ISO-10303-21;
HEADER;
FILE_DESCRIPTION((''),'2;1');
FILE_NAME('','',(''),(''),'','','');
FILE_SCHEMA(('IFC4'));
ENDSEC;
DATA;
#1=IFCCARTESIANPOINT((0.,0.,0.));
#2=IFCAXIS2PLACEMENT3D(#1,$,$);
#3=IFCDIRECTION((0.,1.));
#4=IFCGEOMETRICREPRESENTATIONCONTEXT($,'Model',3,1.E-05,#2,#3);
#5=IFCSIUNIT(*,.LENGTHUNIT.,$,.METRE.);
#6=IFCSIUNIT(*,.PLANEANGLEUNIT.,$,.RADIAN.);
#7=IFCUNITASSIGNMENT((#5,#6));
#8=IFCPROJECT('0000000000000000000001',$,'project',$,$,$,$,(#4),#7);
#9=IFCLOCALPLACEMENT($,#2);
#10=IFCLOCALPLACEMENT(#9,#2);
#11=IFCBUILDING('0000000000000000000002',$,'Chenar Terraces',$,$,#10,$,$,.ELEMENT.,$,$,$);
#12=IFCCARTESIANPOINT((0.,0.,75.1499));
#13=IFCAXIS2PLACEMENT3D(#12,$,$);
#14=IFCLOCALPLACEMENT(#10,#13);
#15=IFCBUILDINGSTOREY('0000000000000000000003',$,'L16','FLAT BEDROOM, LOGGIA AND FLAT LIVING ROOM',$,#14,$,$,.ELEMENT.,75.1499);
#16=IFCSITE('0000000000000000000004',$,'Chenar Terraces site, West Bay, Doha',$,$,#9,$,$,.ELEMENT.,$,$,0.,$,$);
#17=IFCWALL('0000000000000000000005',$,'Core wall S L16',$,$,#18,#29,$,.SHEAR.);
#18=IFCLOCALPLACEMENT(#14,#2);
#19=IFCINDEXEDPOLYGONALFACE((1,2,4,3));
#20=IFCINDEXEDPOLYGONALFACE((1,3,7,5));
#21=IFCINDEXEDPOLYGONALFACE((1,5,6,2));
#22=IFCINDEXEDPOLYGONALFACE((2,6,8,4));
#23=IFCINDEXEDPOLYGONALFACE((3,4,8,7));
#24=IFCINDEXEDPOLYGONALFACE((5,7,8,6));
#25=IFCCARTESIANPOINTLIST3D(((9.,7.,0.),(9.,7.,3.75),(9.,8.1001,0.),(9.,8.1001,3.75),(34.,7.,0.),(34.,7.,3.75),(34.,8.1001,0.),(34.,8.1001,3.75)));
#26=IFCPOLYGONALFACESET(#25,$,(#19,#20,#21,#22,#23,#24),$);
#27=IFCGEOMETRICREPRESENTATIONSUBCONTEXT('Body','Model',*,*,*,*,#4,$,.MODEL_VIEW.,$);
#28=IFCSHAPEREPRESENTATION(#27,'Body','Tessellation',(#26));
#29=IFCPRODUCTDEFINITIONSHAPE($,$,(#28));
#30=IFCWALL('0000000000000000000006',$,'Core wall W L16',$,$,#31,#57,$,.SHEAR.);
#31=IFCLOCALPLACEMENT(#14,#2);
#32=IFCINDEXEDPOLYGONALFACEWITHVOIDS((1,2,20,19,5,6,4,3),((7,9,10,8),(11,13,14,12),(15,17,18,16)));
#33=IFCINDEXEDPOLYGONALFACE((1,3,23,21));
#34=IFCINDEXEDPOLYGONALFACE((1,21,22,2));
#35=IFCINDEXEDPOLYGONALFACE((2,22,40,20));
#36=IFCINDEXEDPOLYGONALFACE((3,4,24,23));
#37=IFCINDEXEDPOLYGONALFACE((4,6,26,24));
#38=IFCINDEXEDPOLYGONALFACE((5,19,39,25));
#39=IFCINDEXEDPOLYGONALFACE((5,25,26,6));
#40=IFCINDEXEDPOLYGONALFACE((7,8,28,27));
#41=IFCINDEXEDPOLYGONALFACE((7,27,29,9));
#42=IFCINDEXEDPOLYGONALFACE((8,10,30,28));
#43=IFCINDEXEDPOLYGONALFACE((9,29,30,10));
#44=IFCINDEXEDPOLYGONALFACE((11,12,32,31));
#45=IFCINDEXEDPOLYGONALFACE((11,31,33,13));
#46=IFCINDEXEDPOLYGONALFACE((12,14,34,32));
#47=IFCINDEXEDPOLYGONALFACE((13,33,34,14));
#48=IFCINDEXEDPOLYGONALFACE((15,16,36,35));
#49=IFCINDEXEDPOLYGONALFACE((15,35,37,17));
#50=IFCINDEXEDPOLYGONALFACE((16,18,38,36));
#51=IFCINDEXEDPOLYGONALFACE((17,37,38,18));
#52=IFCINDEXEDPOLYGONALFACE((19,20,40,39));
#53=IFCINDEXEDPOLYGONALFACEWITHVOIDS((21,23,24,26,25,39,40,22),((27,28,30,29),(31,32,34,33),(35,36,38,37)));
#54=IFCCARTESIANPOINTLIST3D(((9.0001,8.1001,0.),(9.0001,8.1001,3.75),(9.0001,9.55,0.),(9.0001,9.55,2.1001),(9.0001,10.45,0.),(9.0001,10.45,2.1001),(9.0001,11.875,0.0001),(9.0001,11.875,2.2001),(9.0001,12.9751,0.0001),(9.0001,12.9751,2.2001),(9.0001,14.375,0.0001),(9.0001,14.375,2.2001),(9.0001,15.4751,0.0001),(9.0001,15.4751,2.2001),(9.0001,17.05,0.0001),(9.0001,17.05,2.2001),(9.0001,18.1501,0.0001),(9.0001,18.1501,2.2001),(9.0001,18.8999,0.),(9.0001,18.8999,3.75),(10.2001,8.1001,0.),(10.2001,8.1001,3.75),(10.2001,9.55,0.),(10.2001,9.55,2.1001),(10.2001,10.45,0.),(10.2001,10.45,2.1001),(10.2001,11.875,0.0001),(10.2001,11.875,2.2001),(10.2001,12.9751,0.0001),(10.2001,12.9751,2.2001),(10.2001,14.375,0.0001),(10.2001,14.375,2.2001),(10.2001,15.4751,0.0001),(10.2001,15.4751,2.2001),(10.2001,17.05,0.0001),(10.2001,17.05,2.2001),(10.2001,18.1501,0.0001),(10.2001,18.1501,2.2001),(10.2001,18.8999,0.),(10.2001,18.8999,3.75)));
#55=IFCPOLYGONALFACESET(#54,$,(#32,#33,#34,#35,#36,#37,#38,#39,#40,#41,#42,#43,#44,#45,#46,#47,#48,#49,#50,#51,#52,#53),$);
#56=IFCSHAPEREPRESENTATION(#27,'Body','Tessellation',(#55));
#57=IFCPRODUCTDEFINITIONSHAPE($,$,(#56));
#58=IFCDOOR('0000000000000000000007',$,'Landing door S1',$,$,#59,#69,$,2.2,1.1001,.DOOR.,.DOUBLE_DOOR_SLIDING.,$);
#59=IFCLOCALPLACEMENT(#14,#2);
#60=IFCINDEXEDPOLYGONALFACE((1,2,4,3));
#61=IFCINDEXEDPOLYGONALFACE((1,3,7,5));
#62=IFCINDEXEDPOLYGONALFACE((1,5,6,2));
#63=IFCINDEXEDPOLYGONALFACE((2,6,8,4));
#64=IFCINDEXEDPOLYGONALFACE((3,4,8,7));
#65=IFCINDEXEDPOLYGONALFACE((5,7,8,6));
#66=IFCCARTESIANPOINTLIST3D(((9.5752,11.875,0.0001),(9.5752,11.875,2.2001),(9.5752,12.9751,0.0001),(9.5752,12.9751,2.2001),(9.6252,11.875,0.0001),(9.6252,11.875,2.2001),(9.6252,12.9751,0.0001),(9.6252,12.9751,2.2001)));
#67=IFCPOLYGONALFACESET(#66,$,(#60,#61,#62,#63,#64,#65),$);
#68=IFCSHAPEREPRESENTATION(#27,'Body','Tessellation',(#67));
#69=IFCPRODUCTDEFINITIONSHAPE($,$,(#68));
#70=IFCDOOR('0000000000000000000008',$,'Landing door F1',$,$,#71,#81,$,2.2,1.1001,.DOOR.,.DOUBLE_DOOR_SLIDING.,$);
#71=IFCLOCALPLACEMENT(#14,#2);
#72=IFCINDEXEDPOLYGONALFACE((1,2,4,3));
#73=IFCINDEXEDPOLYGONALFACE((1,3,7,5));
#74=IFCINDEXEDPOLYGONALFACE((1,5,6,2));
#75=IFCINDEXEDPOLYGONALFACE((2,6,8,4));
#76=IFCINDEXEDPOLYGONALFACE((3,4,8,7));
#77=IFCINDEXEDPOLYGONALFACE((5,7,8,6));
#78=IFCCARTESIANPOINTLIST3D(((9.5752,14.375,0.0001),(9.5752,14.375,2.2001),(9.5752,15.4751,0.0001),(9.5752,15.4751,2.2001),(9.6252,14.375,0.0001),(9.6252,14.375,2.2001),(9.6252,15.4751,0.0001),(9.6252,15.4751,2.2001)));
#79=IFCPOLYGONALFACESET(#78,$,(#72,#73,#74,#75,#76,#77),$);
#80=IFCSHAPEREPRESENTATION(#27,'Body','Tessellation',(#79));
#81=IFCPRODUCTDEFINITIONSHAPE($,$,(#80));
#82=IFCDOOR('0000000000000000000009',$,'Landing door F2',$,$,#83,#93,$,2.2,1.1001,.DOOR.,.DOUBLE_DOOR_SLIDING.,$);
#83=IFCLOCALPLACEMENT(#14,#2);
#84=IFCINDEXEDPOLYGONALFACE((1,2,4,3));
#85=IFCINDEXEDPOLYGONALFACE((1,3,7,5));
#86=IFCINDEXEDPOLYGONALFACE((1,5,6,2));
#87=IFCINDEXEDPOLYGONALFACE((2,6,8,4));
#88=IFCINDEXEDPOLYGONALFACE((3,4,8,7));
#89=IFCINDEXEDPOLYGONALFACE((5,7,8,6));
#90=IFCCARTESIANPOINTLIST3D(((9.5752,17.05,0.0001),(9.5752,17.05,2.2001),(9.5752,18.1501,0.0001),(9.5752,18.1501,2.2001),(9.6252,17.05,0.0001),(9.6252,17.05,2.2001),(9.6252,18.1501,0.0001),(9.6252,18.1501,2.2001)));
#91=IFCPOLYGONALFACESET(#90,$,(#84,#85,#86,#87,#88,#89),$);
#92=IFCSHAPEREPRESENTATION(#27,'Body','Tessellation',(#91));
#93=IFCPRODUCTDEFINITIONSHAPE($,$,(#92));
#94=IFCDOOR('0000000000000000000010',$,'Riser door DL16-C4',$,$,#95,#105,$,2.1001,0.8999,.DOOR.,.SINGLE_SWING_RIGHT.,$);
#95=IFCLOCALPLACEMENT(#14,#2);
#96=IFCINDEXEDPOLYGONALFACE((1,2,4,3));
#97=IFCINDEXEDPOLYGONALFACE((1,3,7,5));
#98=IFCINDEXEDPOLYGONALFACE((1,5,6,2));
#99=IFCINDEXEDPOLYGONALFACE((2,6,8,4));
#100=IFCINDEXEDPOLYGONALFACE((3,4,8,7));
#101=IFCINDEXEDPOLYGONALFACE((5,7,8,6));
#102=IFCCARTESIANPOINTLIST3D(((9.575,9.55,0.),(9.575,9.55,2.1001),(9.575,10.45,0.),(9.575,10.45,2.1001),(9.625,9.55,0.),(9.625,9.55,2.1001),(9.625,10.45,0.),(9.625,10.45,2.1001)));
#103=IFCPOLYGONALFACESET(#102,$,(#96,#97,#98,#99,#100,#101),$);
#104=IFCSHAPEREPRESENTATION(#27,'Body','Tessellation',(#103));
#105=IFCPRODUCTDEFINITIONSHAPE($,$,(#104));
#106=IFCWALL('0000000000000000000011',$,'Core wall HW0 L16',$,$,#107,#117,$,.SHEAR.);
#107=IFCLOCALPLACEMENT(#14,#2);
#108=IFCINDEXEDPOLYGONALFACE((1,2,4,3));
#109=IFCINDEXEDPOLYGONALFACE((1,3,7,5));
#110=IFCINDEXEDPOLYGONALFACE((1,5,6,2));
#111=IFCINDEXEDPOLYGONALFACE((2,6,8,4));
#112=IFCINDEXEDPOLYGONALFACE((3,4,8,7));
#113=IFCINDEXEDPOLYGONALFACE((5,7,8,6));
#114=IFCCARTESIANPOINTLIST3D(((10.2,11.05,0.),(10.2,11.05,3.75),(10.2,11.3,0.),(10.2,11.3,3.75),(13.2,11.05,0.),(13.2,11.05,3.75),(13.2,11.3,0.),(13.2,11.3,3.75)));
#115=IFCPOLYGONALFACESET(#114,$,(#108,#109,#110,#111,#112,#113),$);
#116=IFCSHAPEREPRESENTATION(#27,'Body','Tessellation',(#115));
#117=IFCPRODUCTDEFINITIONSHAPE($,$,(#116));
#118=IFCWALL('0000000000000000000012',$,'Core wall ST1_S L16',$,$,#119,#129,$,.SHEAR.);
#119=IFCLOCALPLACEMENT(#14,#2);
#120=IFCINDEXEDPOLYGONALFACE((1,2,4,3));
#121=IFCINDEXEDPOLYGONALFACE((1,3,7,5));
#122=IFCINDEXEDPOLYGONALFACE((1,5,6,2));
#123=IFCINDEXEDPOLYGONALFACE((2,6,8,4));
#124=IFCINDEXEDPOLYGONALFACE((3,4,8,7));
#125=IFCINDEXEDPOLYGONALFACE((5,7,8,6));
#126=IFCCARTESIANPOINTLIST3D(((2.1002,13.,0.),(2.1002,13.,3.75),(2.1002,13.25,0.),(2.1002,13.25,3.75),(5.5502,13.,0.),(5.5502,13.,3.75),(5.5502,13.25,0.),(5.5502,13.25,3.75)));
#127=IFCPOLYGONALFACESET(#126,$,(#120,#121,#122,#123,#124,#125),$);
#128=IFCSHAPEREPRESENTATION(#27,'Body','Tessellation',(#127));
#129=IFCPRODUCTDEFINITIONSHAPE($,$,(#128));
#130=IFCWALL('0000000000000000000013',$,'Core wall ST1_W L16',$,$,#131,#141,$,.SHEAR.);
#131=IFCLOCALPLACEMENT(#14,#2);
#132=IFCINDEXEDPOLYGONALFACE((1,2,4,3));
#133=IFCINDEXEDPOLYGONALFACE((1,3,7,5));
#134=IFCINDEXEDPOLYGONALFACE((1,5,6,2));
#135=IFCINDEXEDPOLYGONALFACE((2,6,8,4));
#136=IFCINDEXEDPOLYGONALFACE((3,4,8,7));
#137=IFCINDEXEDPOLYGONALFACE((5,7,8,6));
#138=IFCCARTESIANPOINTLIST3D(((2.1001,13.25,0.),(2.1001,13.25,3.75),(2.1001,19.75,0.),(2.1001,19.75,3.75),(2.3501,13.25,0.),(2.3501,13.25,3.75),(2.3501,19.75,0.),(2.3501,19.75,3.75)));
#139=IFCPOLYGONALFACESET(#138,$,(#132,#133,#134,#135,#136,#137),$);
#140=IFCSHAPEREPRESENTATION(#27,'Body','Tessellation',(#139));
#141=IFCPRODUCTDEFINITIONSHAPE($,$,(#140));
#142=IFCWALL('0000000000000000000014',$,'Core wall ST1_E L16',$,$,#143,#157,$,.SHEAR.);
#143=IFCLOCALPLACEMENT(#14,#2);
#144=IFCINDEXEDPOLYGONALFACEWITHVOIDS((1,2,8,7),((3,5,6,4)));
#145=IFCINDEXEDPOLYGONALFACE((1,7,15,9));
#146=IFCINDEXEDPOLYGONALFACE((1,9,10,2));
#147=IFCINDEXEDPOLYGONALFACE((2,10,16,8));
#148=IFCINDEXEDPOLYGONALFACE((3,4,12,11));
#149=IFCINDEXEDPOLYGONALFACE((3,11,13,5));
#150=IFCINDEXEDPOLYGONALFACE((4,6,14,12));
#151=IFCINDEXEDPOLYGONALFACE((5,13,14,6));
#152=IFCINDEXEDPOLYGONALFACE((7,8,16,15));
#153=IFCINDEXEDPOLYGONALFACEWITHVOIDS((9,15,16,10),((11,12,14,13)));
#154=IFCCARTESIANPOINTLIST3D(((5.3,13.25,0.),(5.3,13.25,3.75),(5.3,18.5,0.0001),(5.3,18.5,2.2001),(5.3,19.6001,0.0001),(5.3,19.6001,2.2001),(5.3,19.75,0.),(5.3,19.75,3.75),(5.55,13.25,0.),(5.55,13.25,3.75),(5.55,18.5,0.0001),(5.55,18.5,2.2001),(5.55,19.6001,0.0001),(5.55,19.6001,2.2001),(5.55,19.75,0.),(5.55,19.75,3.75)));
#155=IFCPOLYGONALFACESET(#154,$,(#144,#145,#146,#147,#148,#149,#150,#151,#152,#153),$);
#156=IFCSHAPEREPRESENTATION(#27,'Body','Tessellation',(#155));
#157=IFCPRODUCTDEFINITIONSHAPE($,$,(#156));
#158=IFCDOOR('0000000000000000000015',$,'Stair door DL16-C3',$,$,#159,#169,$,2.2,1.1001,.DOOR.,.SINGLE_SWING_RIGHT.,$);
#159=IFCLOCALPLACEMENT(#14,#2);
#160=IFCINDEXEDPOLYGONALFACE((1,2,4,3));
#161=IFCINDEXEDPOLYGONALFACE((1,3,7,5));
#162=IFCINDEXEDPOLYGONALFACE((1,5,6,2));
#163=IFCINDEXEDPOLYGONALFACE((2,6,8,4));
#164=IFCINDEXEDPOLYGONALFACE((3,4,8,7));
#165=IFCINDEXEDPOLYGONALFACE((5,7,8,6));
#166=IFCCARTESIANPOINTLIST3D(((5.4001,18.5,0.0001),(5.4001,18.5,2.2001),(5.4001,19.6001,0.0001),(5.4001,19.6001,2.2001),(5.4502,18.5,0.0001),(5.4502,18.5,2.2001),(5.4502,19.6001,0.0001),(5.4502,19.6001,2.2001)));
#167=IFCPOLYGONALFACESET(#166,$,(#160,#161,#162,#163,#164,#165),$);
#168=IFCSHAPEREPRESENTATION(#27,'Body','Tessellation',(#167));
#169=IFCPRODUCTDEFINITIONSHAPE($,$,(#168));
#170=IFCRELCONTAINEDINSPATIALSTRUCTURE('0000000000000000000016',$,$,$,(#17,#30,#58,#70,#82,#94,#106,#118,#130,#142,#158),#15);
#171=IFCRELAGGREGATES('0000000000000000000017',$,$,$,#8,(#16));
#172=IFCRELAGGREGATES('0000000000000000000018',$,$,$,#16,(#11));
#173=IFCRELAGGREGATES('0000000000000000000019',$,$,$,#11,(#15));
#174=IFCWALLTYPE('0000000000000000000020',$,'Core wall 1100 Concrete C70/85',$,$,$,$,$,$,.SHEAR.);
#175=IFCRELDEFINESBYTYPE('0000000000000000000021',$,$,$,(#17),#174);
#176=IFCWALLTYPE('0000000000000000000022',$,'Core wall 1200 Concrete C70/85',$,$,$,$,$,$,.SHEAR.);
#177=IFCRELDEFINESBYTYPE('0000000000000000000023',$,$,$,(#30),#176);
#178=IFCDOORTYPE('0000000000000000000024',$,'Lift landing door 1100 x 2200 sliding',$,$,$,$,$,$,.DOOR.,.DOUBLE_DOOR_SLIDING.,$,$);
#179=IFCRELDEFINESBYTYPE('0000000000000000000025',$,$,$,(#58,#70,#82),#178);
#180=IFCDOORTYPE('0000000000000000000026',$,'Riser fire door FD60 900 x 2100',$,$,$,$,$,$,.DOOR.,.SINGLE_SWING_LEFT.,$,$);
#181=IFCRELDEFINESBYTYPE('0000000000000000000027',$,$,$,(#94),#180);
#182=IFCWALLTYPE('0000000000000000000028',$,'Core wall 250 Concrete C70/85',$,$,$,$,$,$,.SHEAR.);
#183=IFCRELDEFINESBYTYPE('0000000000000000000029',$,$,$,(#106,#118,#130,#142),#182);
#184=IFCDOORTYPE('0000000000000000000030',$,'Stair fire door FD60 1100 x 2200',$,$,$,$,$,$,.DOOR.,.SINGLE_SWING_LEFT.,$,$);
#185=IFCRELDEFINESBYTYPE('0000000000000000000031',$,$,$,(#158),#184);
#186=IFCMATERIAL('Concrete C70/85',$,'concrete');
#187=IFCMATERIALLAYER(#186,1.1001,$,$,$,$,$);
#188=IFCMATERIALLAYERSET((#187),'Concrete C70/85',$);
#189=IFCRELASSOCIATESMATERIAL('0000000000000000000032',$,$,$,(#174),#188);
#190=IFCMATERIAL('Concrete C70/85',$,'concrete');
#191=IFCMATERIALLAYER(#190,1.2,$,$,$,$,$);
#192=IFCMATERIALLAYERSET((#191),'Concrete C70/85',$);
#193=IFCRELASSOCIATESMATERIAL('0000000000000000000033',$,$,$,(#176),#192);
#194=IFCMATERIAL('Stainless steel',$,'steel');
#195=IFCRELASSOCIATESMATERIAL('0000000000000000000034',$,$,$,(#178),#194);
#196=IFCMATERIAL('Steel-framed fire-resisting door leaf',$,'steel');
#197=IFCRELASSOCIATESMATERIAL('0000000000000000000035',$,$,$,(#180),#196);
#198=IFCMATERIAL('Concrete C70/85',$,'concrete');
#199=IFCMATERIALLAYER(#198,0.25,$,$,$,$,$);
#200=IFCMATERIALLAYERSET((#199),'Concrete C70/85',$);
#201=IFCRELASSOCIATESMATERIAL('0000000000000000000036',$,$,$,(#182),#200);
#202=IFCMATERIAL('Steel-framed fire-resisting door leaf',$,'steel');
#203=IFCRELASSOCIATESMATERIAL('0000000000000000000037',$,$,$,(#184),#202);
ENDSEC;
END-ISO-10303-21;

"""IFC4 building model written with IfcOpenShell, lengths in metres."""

from ifc_helpers import new_model, si_unit, direction, frame, frame_2d, origin, place, context, subcontext, project, spatial, rectangle, extrude, material, layer, layer_set, type_object, element, fill, save


model = new_model("IFC4")

# Units and contexts
model_context = context("Model", 3, precision=1e-05, world=origin(), true_north=direction((0.0, 1.0)))
body_context = subcontext(model_context, "Body", "Model", "MODEL_VIEW")
ifc_project = project(units=[si_unit("LENGTHUNIT", "METRE"), si_unit("PLANEANGLEUNIT", "RADIAN")], contexts=[model_context])

# Site, building, storey
site_placement = place(None, origin())
site = spatial("IfcSite", under=ifc_project, at=site_placement, Name="Chenar Terraces site, West Bay, Doha", CompositionType="ELEMENT", RefElevation=0.0)
building_placement = place(site_placement, origin())
building = spatial("IfcBuilding", under=site, at=building_placement, Name="Chenar Terraces", CompositionType="ELEMENT")
storey_placement = place(building_placement, frame((0.0, 0.0, 75.1499)))
storey = spatial("IfcBuildingStorey", under=building, at=storey_placement, Name="L16", Description="FLAT BEDROOM, LOGGIA AND FLAT LIVING ROOM", CompositionType="ELEMENT", Elevation=75.1499)

# Wall
ifc_material_1 = material(Name="Concrete C70/85", Category="concrete")
ifc_layer_1 = layer(ifc_material_1, 1.1001)
ifc_layer_set_1 = layer_set([ifc_layer_1], Name="Concrete C70/85")
wall_type_1 = type_object("IfcWallType", Name="Core wall 1100 Concrete C70/85", PredefinedType="SHEAR", material=ifc_layer_set_1)
wall_1_placement = place(storey_placement, frame((9.0, 7.55, 0.0), z_axis=(0.0, 0.0, 1.0), x_axis=(1.0, 0.0, 0.0)))
element("IfcWall", 1, at=wall_1_placement, inside=storey, type_object=wall_type_1, Name="Core wall S L16", PredefinedType="SHEAR", context=body_context, shape_type="SweptSolid", body=[
    extrude(rectangle(XDim=25.0, YDim=1.1001, at=frame_2d((12.5, 0.0))), origin(), (0.0, 0.0, 1.0), 3.75),
])

# Wall, openings, doors
ifc_material_2 = material(Name="Concrete C70/85", Category="concrete")
ifc_layer_2 = layer(ifc_material_2, 1.2)
ifc_layer_set_2 = layer_set([ifc_layer_2], Name="Concrete C70/85")
wall_type_2 = type_object("IfcWallType", Name="Core wall 1200 Concrete C70/85", PredefinedType="SHEAR", material=ifc_layer_set_2)
wall_2_placement = place(storey_placement, frame((9.6001, 8.1001, 0.0), z_axis=(0.0, 0.0, 1.0), x_axis=(0.0, 1.0, 0.0)))
wall_2 = element("IfcWall", 2, at=wall_2_placement, inside=storey, type_object=wall_type_2, Name="Core wall W L16", PredefinedType="SHEAR", context=body_context, shape_type="SweptSolid", body=[
    extrude(rectangle(XDim=10.7998, YDim=1.2, at=frame_2d((5.3999, 0.0))), origin(), (0.0, 0.0, 1.0), 3.75),
])
opening_1_placement = place(wall_2_placement, frame((3.7749, 0.0, 0.0)))
opening_1 = element("IfcOpeningElement", 3, at=opening_1_placement, cuts=wall_2, PredefinedType="OPENING", context=body_context, shape_type="SweptSolid", body=[
    extrude(rectangle(XDim=1.1001, YDim=2.2, at=frame_2d((0.55, 1.1001))), frame((0.0, 0.6099, 0.0), z_axis=(0.0, -1.0, 0.0), x_axis=(1.0, 0.0, 0.0)), (0.0, 0.0, 1.0), 1.22),
])
opening_2_placement = place(wall_2_placement, frame((6.2749, 0.0, 0.0)))
opening_2 = element("IfcOpeningElement", 4, at=opening_2_placement, cuts=wall_2, PredefinedType="OPENING", context=body_context, shape_type="SweptSolid", body=[
    extrude(rectangle(XDim=1.1001, YDim=2.2, at=frame_2d((0.55, 1.1001))), frame((0.0, 0.6099, 0.0), z_axis=(0.0, -1.0, 0.0), x_axis=(1.0, 0.0, 0.0)), (0.0, 0.0, 1.0), 1.22),
])
opening_3_placement = place(wall_2_placement, frame((8.95, 0.0, 0.0)))
opening_3 = element("IfcOpeningElement", 5, at=opening_3_placement, cuts=wall_2, PredefinedType="OPENING", context=body_context, shape_type="SweptSolid", body=[
    extrude(rectangle(XDim=1.1001, YDim=2.2, at=frame_2d((0.55, 1.1001))), frame((0.0, 0.6099, 0.0), z_axis=(0.0, -1.0, 0.0), x_axis=(1.0, 0.0, 0.0)), (0.0, 0.0, 1.0), 1.22),
])
opening_4_placement = place(wall_2_placement, frame((1.45, 0.0, 0.0)))
opening_4 = element("IfcOpeningElement", 6, at=opening_4_placement, cuts=wall_2, PredefinedType="OPENING", context=body_context, shape_type="SweptSolid", body=[
    extrude(rectangle(XDim=0.8999, YDim=2.1001, at=frame_2d((0.45, 1.05))), frame((0.0, 0.6099, 0.0), z_axis=(0.0, -1.0, 0.0), x_axis=(1.0, 0.0, 0.0)), (0.0, 0.0, 1.0), 1.22),
])
ifc_material_3 = material(Name="Stainless steel", Category="steel")
door_type_1 = type_object("IfcDoorType", Name="Lift landing door 1100 x 2200 sliding", OperationType="DOUBLE_DOOR_SLIDING", PredefinedType="DOOR", material=ifc_material_3)
door_1_placement = place(opening_1_placement, origin())
door_1 = element("IfcDoor", 7, at=door_1_placement, inside=storey, type_object=door_type_1, Name="Landing door S1", OperationType="DOUBLE_DOOR_SLIDING", OverallHeight=2.2, OverallWidth=1.1001, PredefinedType="DOOR", context=body_context, shape_type="SweptSolid", body=[
    extrude(rectangle(XDim=1.1001, YDim=2.2, at=frame_2d((0.55, 1.1001))), frame((0.0, 0.0249, 0.0), z_axis=(0.0, -1.0, 0.0), x_axis=(1.0, 0.0, 0.0)), (0.0, 0.0, 1.0), 0.05),
])
fill(opening_1, door_1)
door_2_placement = place(opening_2_placement, origin())
door_2 = element("IfcDoor", 8, at=door_2_placement, inside=storey, type_object=door_type_1, Name="Landing door F1", OperationType="DOUBLE_DOOR_SLIDING", OverallHeight=2.2, OverallWidth=1.1001, PredefinedType="DOOR", context=body_context, shape_type="SweptSolid", body=[
    extrude(rectangle(XDim=1.1001, YDim=2.2, at=frame_2d((0.55, 1.1001))), frame((0.0, 0.0249, 0.0), z_axis=(0.0, -1.0, 0.0), x_axis=(1.0, 0.0, 0.0)), (0.0, 0.0, 1.0), 0.05),
])
fill(opening_2, door_2)
door_3_placement = place(opening_3_placement, origin())
door_3 = element("IfcDoor", 9, at=door_3_placement, inside=storey, type_object=door_type_1, Name="Landing door F2", OperationType="DOUBLE_DOOR_SLIDING", OverallHeight=2.2, OverallWidth=1.1001, PredefinedType="DOOR", context=body_context, shape_type="SweptSolid", body=[
    extrude(rectangle(XDim=1.1001, YDim=2.2, at=frame_2d((0.55, 1.1001))), frame((0.0, 0.0249, 0.0), z_axis=(0.0, -1.0, 0.0), x_axis=(1.0, 0.0, 0.0)), (0.0, 0.0, 1.0), 0.05),
])
fill(opening_3, door_3)
ifc_material_4 = material(Name="Steel-framed fire-resisting door leaf", Category="steel")
door_type_2 = type_object("IfcDoorType", Name="Riser fire door FD60 900 x 2100", OperationType="SINGLE_SWING_LEFT", PredefinedType="DOOR", material=ifc_material_4)
door_4_placement = place(opening_4_placement, frame((0.8999, 0.0, 0.0), z_axis=(0.0, 0.0, 1.0), x_axis=(-1.0, 0.0, 0.0)))
door_4 = element("IfcDoor", 10, at=door_4_placement, inside=storey, type_object=door_type_2, Name="Riser door DL16-C4", OperationType="SINGLE_SWING_RIGHT", OverallHeight=2.1001, OverallWidth=0.8999, PredefinedType="DOOR", context=body_context, shape_type="SweptSolid", body=[
    extrude(rectangle(XDim=0.8999, YDim=2.1001, at=frame_2d((0.45, 1.05))), frame((0.0, 0.0249, 0.0), z_axis=(0.0, -1.0, 0.0), x_axis=(1.0, 0.0, 0.0)), (0.0, 0.0, 1.0), 0.05),
])
fill(opening_4, door_4)

# Walls
ifc_material_5 = material(Name="Concrete C70/85", Category="concrete")
ifc_layer_3 = layer(ifc_material_5, 0.25)
ifc_layer_set_3 = layer_set([ifc_layer_3], Name="Concrete C70/85")
wall_type_3 = type_object("IfcWallType", Name="Core wall 250 Concrete C70/85", PredefinedType="SHEAR", material=ifc_layer_set_3)
wall_3_placement = place(storey_placement, frame((10.2, 11.175, 0.0), z_axis=(0.0, 0.0, 1.0), x_axis=(1.0, 0.0, 0.0)))
element("IfcWall", 11, at=wall_3_placement, inside=storey, type_object=wall_type_3, Name="Core wall HW0 L16", PredefinedType="SHEAR", context=body_context, shape_type="SweptSolid", body=[
    extrude(rectangle(XDim=3.0, YDim=0.25, at=frame_2d((1.5, 0.0))), origin(), (0.0, 0.0, 1.0), 3.75),
])
wall_4_placement = place(storey_placement, frame((2.1001, 13.125, 0.0), z_axis=(0.0, 0.0, 1.0), x_axis=(1.0, 0.0, 0.0)))
element("IfcWall", 12, at=wall_4_placement, inside=storey, type_object=wall_type_3, Name="Core wall ST1_S L16", PredefinedType="SHEAR", context=body_context, shape_type="SweptSolid", body=[
    extrude(rectangle(XDim=3.45, YDim=0.25, at=frame_2d((1.7251, 0.0))), origin(), (0.0, 0.0, 1.0), 3.75),
])
wall_5_placement = place(storey_placement, frame((2.2251, 13.25, 0.0), z_axis=(0.0, 0.0, 1.0), x_axis=(0.0, 1.0, 0.0)))
element("IfcWall", 13, at=wall_5_placement, inside=storey, type_object=wall_type_3, Name="Core wall ST1_W L16", PredefinedType="SHEAR", context=body_context, shape_type="SweptSolid", body=[
    extrude(rectangle(XDim=6.5, YDim=0.25, at=frame_2d((3.25, 0.0))), origin(), (0.0, 0.0, 1.0), 3.75),
])

# Wall, opening, door
wall_6_placement = place(storey_placement, frame((5.425, 13.25, 0.0), z_axis=(0.0, 0.0, 1.0), x_axis=(0.0, 1.0, 0.0)))
wall_6 = element("IfcWall", 14, at=wall_6_placement, inside=storey, type_object=wall_type_3, Name="Core wall ST1_E L16", PredefinedType="SHEAR", context=body_context, shape_type="SweptSolid", body=[
    extrude(rectangle(XDim=6.5, YDim=0.25, at=frame_2d((3.25, 0.0))), origin(), (0.0, 0.0, 1.0), 3.75),
])
opening_5_placement = place(wall_6_placement, frame((5.25, 0.0, 0.0)))
opening_5 = element("IfcOpeningElement", 15, at=opening_5_placement, cuts=wall_6, PredefinedType="OPENING", context=body_context, shape_type="SweptSolid", body=[
    extrude(rectangle(XDim=1.1001, YDim=2.2, at=frame_2d((0.55, 1.1001))), frame((0.0, 0.135, 0.0), z_axis=(0.0, -1.0, 0.0), x_axis=(1.0, 0.0, 0.0)), (0.0, 0.0, 1.0), 0.27),
])
ifc_material_6 = material(Name="Steel-framed fire-resisting door leaf", Category="steel")
door_type_3 = type_object("IfcDoorType", Name="Stair fire door FD60 1100 x 2200", OperationType="SINGLE_SWING_LEFT", PredefinedType="DOOR", material=ifc_material_6)
door_5_placement = place(opening_5_placement, origin())
door_5 = element("IfcDoor", 16, at=door_5_placement, inside=storey, type_object=door_type_3, Name="Stair door DL16-C3", OperationType="SINGLE_SWING_RIGHT", OverallHeight=2.2, OverallWidth=1.1001, PredefinedType="DOOR", context=body_context, shape_type="SweptSolid", body=[
    extrude(rectangle(XDim=1.1001, YDim=2.2, at=frame_2d((0.55, 1.1001))), frame((0.0, 0.0249, 0.0), z_axis=(0.0, -1.0, 0.0), x_axis=(1.0, 0.0, 0.0)), (0.0, 0.0, 1.0), 0.05),
])
fill(opening_5, door_5)

save(model, "model.ifc")
